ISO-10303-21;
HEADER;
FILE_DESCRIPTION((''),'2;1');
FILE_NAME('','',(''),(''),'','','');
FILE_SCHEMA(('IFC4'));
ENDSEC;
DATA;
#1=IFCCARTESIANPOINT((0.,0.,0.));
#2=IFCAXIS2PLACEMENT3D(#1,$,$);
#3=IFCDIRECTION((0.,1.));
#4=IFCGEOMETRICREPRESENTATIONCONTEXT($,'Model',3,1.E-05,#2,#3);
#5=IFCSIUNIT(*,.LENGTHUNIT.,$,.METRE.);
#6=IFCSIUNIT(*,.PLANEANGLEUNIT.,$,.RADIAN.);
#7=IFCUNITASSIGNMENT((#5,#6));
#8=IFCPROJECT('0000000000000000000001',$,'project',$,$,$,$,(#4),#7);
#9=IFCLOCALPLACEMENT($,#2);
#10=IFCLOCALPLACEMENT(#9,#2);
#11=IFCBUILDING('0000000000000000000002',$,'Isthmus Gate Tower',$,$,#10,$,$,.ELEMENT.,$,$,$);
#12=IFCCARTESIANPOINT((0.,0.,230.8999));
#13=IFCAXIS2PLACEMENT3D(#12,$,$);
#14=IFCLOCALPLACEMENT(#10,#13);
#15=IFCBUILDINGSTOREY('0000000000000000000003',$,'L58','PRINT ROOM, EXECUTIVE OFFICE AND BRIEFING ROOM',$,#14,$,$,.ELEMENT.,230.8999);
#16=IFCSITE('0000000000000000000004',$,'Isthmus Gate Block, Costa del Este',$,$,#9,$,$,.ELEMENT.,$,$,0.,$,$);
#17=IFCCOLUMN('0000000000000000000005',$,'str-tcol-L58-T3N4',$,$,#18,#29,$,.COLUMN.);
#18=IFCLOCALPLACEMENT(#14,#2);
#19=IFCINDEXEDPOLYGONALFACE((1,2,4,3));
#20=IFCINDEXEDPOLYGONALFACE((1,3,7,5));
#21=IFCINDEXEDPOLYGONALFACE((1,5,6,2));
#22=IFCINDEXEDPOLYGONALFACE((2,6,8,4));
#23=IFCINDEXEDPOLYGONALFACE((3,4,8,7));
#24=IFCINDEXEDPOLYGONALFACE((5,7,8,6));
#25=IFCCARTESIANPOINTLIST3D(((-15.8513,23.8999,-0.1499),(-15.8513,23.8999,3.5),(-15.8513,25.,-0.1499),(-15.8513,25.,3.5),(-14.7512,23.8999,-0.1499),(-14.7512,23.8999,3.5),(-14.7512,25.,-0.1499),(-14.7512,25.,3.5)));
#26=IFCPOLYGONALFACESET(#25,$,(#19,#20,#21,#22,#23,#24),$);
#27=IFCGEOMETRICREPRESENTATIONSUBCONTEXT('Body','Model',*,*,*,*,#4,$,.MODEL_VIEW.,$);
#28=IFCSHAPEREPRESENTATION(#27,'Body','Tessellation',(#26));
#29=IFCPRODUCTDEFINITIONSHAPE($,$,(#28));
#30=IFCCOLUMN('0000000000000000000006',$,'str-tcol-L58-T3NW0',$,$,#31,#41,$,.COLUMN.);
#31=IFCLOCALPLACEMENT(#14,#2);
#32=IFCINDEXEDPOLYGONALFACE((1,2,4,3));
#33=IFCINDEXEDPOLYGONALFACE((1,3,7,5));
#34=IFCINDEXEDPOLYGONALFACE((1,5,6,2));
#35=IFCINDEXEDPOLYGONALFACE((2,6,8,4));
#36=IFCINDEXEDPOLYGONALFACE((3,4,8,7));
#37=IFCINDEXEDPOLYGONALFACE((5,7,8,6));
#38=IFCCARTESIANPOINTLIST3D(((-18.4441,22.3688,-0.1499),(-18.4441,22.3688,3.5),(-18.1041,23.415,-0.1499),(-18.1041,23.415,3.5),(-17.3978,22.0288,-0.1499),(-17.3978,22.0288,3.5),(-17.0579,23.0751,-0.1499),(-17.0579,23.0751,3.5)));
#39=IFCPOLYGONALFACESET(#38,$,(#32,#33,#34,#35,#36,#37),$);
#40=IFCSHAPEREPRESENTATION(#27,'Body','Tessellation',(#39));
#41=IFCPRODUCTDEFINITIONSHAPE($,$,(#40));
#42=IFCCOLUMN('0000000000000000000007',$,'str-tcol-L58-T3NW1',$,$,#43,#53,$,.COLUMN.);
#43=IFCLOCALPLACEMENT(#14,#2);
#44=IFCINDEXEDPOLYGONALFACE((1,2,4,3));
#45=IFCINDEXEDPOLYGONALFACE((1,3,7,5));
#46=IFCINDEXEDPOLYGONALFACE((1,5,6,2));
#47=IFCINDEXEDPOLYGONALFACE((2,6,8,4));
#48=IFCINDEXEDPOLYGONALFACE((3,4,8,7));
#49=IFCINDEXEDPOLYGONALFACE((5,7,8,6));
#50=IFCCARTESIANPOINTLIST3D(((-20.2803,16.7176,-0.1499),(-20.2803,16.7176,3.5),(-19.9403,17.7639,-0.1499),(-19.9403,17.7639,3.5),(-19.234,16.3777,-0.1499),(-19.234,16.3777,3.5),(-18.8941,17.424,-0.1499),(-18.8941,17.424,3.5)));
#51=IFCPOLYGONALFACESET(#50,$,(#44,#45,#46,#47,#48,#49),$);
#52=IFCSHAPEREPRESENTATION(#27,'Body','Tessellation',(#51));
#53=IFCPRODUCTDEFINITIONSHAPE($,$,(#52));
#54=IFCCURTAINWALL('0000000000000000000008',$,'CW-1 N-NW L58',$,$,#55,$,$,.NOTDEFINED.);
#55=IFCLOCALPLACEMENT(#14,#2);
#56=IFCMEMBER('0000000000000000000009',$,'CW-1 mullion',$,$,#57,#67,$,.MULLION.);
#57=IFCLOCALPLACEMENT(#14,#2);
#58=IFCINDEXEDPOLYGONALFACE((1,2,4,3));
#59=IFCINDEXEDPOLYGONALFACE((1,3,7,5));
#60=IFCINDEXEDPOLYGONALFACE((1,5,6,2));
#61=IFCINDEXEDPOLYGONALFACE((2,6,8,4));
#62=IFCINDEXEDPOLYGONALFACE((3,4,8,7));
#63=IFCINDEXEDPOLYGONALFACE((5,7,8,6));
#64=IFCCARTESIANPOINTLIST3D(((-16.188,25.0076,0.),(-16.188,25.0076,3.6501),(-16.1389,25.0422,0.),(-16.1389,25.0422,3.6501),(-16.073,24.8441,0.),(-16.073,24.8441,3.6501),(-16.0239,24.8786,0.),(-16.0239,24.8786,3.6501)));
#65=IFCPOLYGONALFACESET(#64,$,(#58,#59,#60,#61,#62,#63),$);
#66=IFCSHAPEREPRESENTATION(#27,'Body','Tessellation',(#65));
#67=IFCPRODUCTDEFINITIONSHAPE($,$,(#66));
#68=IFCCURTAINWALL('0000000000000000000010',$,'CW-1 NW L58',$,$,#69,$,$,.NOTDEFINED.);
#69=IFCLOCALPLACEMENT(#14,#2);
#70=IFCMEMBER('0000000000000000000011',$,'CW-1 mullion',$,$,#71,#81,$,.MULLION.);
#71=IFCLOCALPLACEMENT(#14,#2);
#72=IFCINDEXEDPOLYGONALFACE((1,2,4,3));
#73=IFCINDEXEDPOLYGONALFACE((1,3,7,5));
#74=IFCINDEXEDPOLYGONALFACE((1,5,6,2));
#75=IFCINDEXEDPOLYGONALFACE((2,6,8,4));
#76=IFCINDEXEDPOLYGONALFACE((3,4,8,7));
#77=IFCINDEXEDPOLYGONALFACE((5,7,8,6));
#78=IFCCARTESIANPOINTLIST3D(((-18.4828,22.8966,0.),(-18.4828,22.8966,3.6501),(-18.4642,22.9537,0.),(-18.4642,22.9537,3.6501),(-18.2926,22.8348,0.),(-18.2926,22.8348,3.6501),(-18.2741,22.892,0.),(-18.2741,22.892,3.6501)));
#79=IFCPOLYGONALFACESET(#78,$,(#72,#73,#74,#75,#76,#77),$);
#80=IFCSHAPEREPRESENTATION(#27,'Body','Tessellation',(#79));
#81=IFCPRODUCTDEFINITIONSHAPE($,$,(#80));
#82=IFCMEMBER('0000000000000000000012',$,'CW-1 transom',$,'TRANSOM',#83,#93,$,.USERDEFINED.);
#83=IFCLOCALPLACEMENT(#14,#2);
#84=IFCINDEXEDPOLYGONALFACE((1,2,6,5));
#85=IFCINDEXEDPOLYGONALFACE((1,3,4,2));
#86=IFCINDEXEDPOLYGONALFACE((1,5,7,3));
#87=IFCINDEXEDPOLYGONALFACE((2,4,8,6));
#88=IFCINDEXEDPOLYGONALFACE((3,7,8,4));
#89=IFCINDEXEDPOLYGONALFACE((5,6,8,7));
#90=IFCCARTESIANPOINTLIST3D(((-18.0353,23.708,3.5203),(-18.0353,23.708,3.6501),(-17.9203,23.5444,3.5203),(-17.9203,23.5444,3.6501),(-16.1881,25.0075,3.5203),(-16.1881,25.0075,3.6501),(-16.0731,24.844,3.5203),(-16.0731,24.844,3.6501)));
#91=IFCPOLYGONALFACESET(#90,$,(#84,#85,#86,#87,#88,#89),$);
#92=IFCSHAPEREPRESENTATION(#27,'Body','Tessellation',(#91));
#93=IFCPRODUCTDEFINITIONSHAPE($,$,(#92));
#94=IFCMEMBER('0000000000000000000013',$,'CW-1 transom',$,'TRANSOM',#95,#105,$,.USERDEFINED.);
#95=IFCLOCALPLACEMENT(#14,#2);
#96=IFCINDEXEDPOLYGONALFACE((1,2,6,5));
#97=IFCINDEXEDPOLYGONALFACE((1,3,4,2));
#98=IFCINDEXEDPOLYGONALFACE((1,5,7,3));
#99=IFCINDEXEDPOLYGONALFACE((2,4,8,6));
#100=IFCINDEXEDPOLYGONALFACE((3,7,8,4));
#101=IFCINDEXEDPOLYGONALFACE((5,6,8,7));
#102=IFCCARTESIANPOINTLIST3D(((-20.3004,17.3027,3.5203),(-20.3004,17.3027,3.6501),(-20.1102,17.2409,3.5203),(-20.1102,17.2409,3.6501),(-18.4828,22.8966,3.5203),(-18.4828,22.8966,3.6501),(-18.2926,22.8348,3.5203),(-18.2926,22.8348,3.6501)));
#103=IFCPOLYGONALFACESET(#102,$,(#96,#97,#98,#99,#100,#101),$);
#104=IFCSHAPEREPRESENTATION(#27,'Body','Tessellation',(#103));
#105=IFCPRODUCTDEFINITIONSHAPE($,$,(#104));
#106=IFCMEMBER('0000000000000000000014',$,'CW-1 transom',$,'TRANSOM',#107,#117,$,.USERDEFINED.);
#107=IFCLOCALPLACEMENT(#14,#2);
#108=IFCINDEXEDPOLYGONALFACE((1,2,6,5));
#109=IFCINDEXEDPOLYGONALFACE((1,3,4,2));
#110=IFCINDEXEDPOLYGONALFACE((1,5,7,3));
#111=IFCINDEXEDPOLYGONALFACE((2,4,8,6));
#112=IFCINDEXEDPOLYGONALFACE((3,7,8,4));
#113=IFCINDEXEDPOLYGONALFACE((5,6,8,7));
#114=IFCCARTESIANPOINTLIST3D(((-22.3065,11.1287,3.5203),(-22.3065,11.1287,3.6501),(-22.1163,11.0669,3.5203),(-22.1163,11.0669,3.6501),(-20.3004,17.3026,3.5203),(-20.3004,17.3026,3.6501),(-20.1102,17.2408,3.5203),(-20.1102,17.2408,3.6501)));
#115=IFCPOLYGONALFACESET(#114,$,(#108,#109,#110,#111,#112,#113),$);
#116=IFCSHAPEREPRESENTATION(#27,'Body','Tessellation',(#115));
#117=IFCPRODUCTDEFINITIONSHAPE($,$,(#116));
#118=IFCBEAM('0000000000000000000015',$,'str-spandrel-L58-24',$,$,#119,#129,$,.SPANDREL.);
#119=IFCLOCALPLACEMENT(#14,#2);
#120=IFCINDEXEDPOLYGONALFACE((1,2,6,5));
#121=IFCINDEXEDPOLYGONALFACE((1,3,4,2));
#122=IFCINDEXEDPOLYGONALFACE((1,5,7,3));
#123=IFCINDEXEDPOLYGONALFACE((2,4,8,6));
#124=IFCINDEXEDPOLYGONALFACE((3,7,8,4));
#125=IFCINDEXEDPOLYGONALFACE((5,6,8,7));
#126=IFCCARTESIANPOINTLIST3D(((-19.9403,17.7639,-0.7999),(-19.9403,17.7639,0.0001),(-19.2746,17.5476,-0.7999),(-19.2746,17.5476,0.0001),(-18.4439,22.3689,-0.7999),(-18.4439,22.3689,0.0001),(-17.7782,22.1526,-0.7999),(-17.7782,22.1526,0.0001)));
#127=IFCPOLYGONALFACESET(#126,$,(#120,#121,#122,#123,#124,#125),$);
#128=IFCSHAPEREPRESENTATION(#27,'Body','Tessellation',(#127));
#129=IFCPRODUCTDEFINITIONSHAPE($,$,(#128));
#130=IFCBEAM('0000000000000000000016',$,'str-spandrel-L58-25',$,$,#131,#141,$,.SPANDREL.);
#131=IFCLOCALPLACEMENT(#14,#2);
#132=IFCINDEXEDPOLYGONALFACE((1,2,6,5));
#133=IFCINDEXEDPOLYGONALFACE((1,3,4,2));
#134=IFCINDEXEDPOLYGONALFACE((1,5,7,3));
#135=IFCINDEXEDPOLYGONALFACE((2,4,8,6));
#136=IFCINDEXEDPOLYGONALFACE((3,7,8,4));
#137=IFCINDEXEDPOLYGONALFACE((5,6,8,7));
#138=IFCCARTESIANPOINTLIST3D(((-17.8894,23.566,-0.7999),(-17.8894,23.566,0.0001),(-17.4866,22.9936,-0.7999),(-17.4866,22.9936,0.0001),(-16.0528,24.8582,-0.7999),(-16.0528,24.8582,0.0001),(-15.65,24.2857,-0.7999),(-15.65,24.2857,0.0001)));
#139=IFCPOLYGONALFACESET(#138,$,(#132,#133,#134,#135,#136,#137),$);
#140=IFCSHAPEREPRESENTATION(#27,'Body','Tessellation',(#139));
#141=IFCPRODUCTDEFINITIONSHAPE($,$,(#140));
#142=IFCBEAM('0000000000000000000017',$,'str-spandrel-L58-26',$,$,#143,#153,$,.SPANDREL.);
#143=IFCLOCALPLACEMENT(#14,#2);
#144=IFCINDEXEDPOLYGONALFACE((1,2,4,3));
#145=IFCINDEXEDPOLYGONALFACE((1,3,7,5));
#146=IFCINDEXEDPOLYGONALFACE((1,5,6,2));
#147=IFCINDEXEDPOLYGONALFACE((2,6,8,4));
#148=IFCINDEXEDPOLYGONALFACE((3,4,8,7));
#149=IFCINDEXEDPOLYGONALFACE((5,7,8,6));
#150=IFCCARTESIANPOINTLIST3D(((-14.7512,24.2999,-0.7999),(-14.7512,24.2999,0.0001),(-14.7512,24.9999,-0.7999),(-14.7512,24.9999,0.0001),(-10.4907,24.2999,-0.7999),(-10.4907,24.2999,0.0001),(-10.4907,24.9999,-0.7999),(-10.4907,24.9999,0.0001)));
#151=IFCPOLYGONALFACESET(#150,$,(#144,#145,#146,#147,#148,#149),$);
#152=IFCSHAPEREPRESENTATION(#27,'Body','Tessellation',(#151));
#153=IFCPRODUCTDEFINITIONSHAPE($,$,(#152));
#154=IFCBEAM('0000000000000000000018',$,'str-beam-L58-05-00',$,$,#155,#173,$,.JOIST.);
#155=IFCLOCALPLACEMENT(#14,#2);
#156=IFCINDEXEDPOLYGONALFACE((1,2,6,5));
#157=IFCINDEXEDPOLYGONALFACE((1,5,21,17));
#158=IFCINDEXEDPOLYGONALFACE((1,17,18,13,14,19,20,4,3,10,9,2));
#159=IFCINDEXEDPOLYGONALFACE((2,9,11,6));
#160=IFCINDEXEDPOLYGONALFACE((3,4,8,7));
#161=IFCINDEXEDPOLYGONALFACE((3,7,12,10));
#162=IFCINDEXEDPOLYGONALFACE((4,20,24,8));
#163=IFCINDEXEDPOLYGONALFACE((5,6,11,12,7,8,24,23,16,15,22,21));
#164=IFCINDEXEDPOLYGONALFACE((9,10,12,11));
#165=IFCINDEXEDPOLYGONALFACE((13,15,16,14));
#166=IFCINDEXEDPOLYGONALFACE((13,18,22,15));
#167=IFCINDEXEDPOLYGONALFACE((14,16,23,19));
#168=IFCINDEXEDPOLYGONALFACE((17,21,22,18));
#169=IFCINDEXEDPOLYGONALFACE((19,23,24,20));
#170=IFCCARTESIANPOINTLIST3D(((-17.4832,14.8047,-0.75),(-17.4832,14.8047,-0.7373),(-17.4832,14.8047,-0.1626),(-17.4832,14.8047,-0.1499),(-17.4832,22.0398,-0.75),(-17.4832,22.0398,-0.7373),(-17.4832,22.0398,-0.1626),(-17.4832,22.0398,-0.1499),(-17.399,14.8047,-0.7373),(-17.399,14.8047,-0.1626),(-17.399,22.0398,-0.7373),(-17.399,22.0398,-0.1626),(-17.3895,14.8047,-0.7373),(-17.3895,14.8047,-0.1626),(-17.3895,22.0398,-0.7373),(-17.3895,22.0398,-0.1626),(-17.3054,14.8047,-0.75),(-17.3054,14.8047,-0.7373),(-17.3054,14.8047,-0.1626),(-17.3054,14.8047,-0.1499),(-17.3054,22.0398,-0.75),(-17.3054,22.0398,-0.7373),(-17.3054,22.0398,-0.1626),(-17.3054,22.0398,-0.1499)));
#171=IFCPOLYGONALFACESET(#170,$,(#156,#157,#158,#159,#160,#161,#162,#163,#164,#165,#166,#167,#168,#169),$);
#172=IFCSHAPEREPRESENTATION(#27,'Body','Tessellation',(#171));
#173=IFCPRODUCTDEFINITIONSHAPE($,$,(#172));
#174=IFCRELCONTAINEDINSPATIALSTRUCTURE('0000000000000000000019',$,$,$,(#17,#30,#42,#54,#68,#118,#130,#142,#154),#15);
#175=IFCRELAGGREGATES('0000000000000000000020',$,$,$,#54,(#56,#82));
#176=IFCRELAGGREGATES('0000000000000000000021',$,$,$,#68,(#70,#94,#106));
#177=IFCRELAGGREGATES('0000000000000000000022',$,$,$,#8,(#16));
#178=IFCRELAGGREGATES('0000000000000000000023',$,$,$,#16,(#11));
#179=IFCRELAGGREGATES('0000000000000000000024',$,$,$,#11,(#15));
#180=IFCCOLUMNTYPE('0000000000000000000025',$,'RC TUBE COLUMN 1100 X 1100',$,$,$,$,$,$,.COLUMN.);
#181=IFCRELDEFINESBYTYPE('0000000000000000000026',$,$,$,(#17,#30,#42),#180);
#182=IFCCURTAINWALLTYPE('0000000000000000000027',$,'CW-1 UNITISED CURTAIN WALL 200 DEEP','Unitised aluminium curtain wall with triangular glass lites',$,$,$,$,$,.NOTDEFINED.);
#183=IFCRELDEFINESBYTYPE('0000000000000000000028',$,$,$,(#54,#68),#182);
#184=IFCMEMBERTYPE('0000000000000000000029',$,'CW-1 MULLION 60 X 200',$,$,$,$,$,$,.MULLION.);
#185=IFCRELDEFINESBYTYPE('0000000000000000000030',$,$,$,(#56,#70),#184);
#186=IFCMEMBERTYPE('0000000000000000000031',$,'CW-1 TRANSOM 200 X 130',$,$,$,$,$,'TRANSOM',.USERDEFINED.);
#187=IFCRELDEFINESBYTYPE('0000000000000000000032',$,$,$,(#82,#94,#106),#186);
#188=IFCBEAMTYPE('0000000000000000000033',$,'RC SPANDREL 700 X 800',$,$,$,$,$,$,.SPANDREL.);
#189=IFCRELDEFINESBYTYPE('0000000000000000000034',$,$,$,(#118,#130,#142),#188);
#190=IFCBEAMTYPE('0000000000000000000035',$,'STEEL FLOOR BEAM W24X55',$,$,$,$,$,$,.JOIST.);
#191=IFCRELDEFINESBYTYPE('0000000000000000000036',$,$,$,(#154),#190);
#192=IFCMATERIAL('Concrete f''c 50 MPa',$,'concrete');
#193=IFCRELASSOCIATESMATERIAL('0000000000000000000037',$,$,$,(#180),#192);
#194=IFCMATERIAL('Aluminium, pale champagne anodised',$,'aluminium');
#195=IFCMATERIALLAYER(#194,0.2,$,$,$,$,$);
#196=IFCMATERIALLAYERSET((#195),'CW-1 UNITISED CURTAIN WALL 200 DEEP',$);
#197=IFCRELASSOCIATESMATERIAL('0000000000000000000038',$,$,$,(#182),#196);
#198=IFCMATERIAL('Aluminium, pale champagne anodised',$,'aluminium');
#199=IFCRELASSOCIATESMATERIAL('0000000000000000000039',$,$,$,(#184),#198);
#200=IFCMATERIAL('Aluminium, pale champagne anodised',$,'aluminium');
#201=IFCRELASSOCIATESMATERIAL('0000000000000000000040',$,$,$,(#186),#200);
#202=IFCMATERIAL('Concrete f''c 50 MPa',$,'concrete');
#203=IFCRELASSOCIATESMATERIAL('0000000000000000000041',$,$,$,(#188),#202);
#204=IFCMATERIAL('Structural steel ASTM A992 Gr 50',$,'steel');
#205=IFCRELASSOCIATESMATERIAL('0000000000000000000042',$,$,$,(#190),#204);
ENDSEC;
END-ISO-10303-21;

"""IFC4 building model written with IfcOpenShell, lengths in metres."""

from ifc_helpers import new_model, si_unit, direction, frame, origin, origin_2d, place, context, subcontext, project, spatial, rectangle, i_section, extrude, material, layer, layer_set, material_profile, profile_set, type_object, element, aggregate, save


model = new_model("IFC4")

# Units and contexts
model_context = context("Model", 3, precision=1e-05, world=origin(), true_north=direction((0.0, 1.0)))
body_context = subcontext(model_context, "Body", "Model", "MODEL_VIEW")
ifc_project = project(units=[si_unit("LENGTHUNIT", "METRE"), si_unit("PLANEANGLEUNIT", "RADIAN")], contexts=[model_context])

# Site, building, storey
site_placement = place(None, origin())
site = spatial("IfcSite", under=ifc_project, at=site_placement, Name="Isthmus Gate Block, Costa del Este", CompositionType="ELEMENT", RefElevation=0.0)
building_placement = place(site_placement, origin())
building = spatial("IfcBuilding", under=site, at=building_placement, Name="Isthmus Gate Tower", CompositionType="ELEMENT")
storey_placement = place(building_placement, frame((0.0, 0.0, 230.8999)))
storey = spatial("IfcBuildingStorey", under=building, at=storey_placement, Name="L58", Description="PRINT ROOM, EXECUTIVE OFFICE AND BRIEFING ROOM", CompositionType="ELEMENT", Elevation=230.8999)

# Columns
ifc_material_1 = material(Name="Concrete f'c 50 MPa", Category="concrete")
ifc_material_profile_1 = material_profile(ifc_material_1, rectangle(XDim=1.1001, YDim=1.1001, at=origin_2d()), Name="RC 1100X1100")
ifc_profile_set_1 = profile_set([ifc_material_profile_1], Name="Concrete f'c 50 MPa")
column_type = type_object("IfcColumnType", Name="RC TUBE COLUMN 1100 X 1100", PredefinedType="COLUMN", material=ifc_profile_set_1)
for number, where, z_axis, x_axis, name in (
    (1, (-15.3013, 24.45, -0.1499), (0.0, 0.0, 1.0), (-1.0, 0.0, 0.0), "str-tcol-L58-T3N4"),
    (2, (-17.751, 22.7219, -0.1499), (0.0, 0.0, 1.0), (-0.309017, -0.951057, 0.0), "str-tcol-L58-T3NW0"),
    (3, (-19.5872, 17.0708, -0.1499), (0.0, 0.0, 1.0), (-0.309017, -0.951057, 0.0), "str-tcol-L58-T3NW1"),
):
    element("IfcColumn", number, at=place(storey_placement, frame(where, z_axis=z_axis, x_axis=x_axis)), inside=storey, type_object=column_type, Name=name, PredefinedType="COLUMN", context=body_context, shape_type="SweptSolid", body=[
        extrude(rectangle(XDim=1.1001, YDim=1.1001, at=origin_2d()), origin(), (0.0, 0.0, 1.0), 3.6499),
    ])

# Curtain walls, members
ifc_material_2 = material(Name="Aluminium, pale champagne anodised", Category="aluminium")
ifc_layer_1 = layer(ifc_material_2, 0.2)
ifc_layer_set_1 = layer_set([ifc_layer_1], Name="CW-1 UNITISED CURTAIN WALL 200 DEEP")
curtain_wall_type = type_object("IfcCurtainWallType", Name="CW-1 UNITISED CURTAIN WALL 200 DEEP", Description="Unitised aluminium curtain wall with triangular glass lites", PredefinedType="NOTDEFINED", material=ifc_layer_set_1)
curtain_wall_1_placement = place(storey_placement, origin())
curtain_wall_1 = element("IfcCurtainWall", 4, at=curtain_wall_1_placement, inside=storey, type_object=curtain_wall_type, Name="CW-1 N-NW L58", PredefinedType="NOTDEFINED")
ifc_material_3 = material(Name="Aluminium, pale champagne anodised", Category="aluminium")
ifc_material_profile_2 = material_profile(ifc_material_3, rectangle(XDim=0.0601, YDim=0.2, at=origin_2d()), Name="60x200")
ifc_profile_set_2 = profile_set([ifc_material_profile_2], Name="Aluminium, pale champagne anodised")
member_type_1 = type_object("IfcMemberType", Name="CW-1 MULLION 60 X 200", PredefinedType="MULLION", material=ifc_profile_set_2)
member_1_placement = place(storey_placement, frame((-16.106, 24.9431, 0.0), z_axis=(0.0, 0.0, 1.0), x_axis=(-0.81786, -0.575418, 0.0)))
member_1 = element("IfcMember", 5, at=member_1_placement, type_object=member_type_1, Name="CW-1 mullion", PredefinedType="MULLION", context=body_context, shape_type="SweptSolid", body=[
    extrude(rectangle(XDim=0.0601, YDim=0.2, at=origin_2d()), origin(), (0.0, 0.0, 1.0), 3.6501),
])
curtain_wall_2_placement = place(storey_placement, origin())
curtain_wall_2 = element("IfcCurtainWall", 6, at=curtain_wall_2_placement, inside=storey, type_object=curtain_wall_type, Name="CW-1 NW L58", PredefinedType="NOTDEFINED")
member_2_placement = place(storey_placement, frame((-18.3784, 22.8943, 0.0), z_axis=(0.0, 0.0, 1.0), x_axis=(-0.309017, -0.951057, 0.0)))
member_2 = element("IfcMember", 7, at=member_2_placement, type_object=member_type_1, Name="CW-1 mullion", PredefinedType="MULLION", context=body_context, shape_type="SweptSolid", body=[
    extrude(rectangle(XDim=0.0601, YDim=0.2, at=origin_2d()), origin(), (0.0, 0.0, 1.0), 3.6501),
])

# Members
ifc_material_4 = material(Name="Aluminium, pale champagne anodised", Category="aluminium")
ifc_material_profile_3 = material_profile(ifc_material_4, rectangle(XDim=0.2, YDim=0.1299, at=origin_2d()), Name="200x130")
ifc_profile_set_3 = profile_set([ifc_material_profile_3], Name="Aluminium, pale champagne anodised")
member_type_2 = type_object("IfcMemberType", Name="CW-1 TRANSOM 200 X 130", ElementType="TRANSOM", PredefinedType="USERDEFINED", material=ifc_profile_set_3)
member_3_placement = place(storey_placement, frame((-16.1306, 24.9258, 3.5852), z_axis=(-0.817869, -0.575405, 0.0), x_axis=(0.575405, -0.817869, 0.0)))
member_3 = element("IfcMember", 8, at=member_3_placement, type_object=member_type_2, Name="CW-1 transom", ObjectType="TRANSOM", PredefinedType="USERDEFINED", context=body_context, shape_type="SweptSolid", body=[
    extrude(rectangle(XDim=0.2, YDim=0.1299, at=origin_2d()), origin(), (0.0, 0.0, 1.0), 2.2585),
])
member_4_placement = place(storey_placement, frame((-18.3877, 22.8657, 3.5852), z_axis=(-0.309021, -0.951055, 0.0), x_axis=(0.951055, -0.309021, 0.0)))
member_4 = element("IfcMember", 9, at=member_4_placement, type_object=member_type_2, Name="CW-1 transom", ObjectType="TRANSOM", PredefinedType="USERDEFINED", context=body_context, shape_type="SweptSolid", body=[
    extrude(rectangle(XDim=0.2, YDim=0.1299, at=origin_2d()), origin(), (0.0, 0.0, 1.0), 5.8818),
])
member_5_placement = place(storey_placement, frame((-20.2053, 17.2717, 3.5852), z_axis=(-0.309021, -0.951055, 0.0), x_axis=(0.951055, -0.309021, 0.0)))
member_5 = element("IfcMember", 10, at=member_5_placement, type_object=member_type_2, Name="CW-1 transom", ObjectType="TRANSOM", PredefinedType="USERDEFINED", context=body_context, shape_type="SweptSolid", body=[
    extrude(rectangle(XDim=0.2, YDim=0.1299, at=origin_2d()), origin(), (0.0, 0.0, 1.0), 6.4917),
])

# Beams
ifc_material_5 = material(Name="Concrete f'c 50 MPa", Category="concrete")
ifc_material_profile_4 = material_profile(ifc_material_5, rectangle(XDim=0.7, YDim=0.8, at=origin_2d()), Name="RC 700X800")
ifc_profile_set_4 = profile_set([ifc_material_profile_4], Name="Concrete f'c 50 MPa")
beam_type_1 = type_object("IfcBeamType", Name="RC SPANDREL 700 X 800", PredefinedType="SPANDREL", material=ifc_profile_set_4)
beam_1_placement = place(storey_placement, frame((-19.6074, 17.6558, -0.3999), z_axis=(0.309034, 0.951051, 0.0), x_axis=(-0.951051, 0.309034, 0.0)))
element("IfcBeam", 11, at=beam_1_placement, inside=storey, type_object=beam_type_1, Name="str-spandrel-L58-24", PredefinedType="SPANDREL", context=body_context, shape_type="SweptSolid", body=[
    extrude(rectangle(XDim=0.7, YDim=0.8, at=origin_2d()), origin(), (0.0, 0.0, 1.0), 4.842),
])
beam_2_placement = place(storey_placement, frame((-17.688, 23.2798, -0.3999), z_axis=(0.817856, 0.575423, 0.0), x_axis=(-0.575423, 0.817856, 0.0)))
element("IfcBeam", 12, at=beam_2_placement, inside=storey, type_object=beam_type_1, Name="str-spandrel-L58-25", PredefinedType="SPANDREL", context=body_context, shape_type="SweptSolid", body=[
    extrude(rectangle(XDim=0.7, YDim=0.8, at=origin_2d()), origin(), (0.0, 0.0, 1.0), 2.2456),
])
beam_3_placement = place(storey_placement, frame((-14.7512, 24.6499, -0.3999), z_axis=(1.0, 0.0, 0.0), x_axis=(0.0, 1.0, 0.0)))
element("IfcBeam", 13, at=beam_3_placement, inside=storey, type_object=beam_type_1, Name="str-spandrel-L58-26", PredefinedType="SPANDREL", context=body_context, shape_type="SweptSolid", body=[
    extrude(rectangle(XDim=0.7, YDim=0.8, at=origin_2d()), origin(), (0.0, 0.0, 1.0), 4.2605),
])
ifc_material_6 = material(Name="Structural steel ASTM A992 Gr 50", Category="steel")
ifc_material_profile_5 = material_profile(ifc_material_6, i_section(OverallWidth=0.1777, OverallDepth=0.6001, WebThickness=0.0095, FlangeThickness=0.0127, at=origin_2d()), Name="W24X55")
ifc_profile_set_5 = profile_set([ifc_material_profile_5], Name="Structural steel ASTM A992 Gr 50")
beam_type_2 = type_object("IfcBeamType", Name="STEEL FLOOR BEAM W24X55", PredefinedType="JOIST", material=ifc_profile_set_5)
beam_4_placement = place(storey_placement, frame((-17.3943, 14.8047, -0.45), z_axis=(0.0, 1.0, 0.0), x_axis=(-1.0, 0.0, 0.0)))
element("IfcBeam", 14, at=beam_4_placement, inside=storey, type_object=beam_type_2, Name="str-beam-L58-05-00", PredefinedType="JOIST", context=body_context, shape_type="SweptSolid", body=[
    extrude(i_section(OverallWidth=0.1777, OverallDepth=0.6001, WebThickness=0.0095, FlangeThickness=0.0127, at=origin_2d()), origin(), (0.0, 0.0, 1.0), 7.2351),
])

aggregate(curtain_wall_1, [member_1, member_3])

aggregate(curtain_wall_2, [member_2, member_4, member_5])

save(model, "model.ifc")
